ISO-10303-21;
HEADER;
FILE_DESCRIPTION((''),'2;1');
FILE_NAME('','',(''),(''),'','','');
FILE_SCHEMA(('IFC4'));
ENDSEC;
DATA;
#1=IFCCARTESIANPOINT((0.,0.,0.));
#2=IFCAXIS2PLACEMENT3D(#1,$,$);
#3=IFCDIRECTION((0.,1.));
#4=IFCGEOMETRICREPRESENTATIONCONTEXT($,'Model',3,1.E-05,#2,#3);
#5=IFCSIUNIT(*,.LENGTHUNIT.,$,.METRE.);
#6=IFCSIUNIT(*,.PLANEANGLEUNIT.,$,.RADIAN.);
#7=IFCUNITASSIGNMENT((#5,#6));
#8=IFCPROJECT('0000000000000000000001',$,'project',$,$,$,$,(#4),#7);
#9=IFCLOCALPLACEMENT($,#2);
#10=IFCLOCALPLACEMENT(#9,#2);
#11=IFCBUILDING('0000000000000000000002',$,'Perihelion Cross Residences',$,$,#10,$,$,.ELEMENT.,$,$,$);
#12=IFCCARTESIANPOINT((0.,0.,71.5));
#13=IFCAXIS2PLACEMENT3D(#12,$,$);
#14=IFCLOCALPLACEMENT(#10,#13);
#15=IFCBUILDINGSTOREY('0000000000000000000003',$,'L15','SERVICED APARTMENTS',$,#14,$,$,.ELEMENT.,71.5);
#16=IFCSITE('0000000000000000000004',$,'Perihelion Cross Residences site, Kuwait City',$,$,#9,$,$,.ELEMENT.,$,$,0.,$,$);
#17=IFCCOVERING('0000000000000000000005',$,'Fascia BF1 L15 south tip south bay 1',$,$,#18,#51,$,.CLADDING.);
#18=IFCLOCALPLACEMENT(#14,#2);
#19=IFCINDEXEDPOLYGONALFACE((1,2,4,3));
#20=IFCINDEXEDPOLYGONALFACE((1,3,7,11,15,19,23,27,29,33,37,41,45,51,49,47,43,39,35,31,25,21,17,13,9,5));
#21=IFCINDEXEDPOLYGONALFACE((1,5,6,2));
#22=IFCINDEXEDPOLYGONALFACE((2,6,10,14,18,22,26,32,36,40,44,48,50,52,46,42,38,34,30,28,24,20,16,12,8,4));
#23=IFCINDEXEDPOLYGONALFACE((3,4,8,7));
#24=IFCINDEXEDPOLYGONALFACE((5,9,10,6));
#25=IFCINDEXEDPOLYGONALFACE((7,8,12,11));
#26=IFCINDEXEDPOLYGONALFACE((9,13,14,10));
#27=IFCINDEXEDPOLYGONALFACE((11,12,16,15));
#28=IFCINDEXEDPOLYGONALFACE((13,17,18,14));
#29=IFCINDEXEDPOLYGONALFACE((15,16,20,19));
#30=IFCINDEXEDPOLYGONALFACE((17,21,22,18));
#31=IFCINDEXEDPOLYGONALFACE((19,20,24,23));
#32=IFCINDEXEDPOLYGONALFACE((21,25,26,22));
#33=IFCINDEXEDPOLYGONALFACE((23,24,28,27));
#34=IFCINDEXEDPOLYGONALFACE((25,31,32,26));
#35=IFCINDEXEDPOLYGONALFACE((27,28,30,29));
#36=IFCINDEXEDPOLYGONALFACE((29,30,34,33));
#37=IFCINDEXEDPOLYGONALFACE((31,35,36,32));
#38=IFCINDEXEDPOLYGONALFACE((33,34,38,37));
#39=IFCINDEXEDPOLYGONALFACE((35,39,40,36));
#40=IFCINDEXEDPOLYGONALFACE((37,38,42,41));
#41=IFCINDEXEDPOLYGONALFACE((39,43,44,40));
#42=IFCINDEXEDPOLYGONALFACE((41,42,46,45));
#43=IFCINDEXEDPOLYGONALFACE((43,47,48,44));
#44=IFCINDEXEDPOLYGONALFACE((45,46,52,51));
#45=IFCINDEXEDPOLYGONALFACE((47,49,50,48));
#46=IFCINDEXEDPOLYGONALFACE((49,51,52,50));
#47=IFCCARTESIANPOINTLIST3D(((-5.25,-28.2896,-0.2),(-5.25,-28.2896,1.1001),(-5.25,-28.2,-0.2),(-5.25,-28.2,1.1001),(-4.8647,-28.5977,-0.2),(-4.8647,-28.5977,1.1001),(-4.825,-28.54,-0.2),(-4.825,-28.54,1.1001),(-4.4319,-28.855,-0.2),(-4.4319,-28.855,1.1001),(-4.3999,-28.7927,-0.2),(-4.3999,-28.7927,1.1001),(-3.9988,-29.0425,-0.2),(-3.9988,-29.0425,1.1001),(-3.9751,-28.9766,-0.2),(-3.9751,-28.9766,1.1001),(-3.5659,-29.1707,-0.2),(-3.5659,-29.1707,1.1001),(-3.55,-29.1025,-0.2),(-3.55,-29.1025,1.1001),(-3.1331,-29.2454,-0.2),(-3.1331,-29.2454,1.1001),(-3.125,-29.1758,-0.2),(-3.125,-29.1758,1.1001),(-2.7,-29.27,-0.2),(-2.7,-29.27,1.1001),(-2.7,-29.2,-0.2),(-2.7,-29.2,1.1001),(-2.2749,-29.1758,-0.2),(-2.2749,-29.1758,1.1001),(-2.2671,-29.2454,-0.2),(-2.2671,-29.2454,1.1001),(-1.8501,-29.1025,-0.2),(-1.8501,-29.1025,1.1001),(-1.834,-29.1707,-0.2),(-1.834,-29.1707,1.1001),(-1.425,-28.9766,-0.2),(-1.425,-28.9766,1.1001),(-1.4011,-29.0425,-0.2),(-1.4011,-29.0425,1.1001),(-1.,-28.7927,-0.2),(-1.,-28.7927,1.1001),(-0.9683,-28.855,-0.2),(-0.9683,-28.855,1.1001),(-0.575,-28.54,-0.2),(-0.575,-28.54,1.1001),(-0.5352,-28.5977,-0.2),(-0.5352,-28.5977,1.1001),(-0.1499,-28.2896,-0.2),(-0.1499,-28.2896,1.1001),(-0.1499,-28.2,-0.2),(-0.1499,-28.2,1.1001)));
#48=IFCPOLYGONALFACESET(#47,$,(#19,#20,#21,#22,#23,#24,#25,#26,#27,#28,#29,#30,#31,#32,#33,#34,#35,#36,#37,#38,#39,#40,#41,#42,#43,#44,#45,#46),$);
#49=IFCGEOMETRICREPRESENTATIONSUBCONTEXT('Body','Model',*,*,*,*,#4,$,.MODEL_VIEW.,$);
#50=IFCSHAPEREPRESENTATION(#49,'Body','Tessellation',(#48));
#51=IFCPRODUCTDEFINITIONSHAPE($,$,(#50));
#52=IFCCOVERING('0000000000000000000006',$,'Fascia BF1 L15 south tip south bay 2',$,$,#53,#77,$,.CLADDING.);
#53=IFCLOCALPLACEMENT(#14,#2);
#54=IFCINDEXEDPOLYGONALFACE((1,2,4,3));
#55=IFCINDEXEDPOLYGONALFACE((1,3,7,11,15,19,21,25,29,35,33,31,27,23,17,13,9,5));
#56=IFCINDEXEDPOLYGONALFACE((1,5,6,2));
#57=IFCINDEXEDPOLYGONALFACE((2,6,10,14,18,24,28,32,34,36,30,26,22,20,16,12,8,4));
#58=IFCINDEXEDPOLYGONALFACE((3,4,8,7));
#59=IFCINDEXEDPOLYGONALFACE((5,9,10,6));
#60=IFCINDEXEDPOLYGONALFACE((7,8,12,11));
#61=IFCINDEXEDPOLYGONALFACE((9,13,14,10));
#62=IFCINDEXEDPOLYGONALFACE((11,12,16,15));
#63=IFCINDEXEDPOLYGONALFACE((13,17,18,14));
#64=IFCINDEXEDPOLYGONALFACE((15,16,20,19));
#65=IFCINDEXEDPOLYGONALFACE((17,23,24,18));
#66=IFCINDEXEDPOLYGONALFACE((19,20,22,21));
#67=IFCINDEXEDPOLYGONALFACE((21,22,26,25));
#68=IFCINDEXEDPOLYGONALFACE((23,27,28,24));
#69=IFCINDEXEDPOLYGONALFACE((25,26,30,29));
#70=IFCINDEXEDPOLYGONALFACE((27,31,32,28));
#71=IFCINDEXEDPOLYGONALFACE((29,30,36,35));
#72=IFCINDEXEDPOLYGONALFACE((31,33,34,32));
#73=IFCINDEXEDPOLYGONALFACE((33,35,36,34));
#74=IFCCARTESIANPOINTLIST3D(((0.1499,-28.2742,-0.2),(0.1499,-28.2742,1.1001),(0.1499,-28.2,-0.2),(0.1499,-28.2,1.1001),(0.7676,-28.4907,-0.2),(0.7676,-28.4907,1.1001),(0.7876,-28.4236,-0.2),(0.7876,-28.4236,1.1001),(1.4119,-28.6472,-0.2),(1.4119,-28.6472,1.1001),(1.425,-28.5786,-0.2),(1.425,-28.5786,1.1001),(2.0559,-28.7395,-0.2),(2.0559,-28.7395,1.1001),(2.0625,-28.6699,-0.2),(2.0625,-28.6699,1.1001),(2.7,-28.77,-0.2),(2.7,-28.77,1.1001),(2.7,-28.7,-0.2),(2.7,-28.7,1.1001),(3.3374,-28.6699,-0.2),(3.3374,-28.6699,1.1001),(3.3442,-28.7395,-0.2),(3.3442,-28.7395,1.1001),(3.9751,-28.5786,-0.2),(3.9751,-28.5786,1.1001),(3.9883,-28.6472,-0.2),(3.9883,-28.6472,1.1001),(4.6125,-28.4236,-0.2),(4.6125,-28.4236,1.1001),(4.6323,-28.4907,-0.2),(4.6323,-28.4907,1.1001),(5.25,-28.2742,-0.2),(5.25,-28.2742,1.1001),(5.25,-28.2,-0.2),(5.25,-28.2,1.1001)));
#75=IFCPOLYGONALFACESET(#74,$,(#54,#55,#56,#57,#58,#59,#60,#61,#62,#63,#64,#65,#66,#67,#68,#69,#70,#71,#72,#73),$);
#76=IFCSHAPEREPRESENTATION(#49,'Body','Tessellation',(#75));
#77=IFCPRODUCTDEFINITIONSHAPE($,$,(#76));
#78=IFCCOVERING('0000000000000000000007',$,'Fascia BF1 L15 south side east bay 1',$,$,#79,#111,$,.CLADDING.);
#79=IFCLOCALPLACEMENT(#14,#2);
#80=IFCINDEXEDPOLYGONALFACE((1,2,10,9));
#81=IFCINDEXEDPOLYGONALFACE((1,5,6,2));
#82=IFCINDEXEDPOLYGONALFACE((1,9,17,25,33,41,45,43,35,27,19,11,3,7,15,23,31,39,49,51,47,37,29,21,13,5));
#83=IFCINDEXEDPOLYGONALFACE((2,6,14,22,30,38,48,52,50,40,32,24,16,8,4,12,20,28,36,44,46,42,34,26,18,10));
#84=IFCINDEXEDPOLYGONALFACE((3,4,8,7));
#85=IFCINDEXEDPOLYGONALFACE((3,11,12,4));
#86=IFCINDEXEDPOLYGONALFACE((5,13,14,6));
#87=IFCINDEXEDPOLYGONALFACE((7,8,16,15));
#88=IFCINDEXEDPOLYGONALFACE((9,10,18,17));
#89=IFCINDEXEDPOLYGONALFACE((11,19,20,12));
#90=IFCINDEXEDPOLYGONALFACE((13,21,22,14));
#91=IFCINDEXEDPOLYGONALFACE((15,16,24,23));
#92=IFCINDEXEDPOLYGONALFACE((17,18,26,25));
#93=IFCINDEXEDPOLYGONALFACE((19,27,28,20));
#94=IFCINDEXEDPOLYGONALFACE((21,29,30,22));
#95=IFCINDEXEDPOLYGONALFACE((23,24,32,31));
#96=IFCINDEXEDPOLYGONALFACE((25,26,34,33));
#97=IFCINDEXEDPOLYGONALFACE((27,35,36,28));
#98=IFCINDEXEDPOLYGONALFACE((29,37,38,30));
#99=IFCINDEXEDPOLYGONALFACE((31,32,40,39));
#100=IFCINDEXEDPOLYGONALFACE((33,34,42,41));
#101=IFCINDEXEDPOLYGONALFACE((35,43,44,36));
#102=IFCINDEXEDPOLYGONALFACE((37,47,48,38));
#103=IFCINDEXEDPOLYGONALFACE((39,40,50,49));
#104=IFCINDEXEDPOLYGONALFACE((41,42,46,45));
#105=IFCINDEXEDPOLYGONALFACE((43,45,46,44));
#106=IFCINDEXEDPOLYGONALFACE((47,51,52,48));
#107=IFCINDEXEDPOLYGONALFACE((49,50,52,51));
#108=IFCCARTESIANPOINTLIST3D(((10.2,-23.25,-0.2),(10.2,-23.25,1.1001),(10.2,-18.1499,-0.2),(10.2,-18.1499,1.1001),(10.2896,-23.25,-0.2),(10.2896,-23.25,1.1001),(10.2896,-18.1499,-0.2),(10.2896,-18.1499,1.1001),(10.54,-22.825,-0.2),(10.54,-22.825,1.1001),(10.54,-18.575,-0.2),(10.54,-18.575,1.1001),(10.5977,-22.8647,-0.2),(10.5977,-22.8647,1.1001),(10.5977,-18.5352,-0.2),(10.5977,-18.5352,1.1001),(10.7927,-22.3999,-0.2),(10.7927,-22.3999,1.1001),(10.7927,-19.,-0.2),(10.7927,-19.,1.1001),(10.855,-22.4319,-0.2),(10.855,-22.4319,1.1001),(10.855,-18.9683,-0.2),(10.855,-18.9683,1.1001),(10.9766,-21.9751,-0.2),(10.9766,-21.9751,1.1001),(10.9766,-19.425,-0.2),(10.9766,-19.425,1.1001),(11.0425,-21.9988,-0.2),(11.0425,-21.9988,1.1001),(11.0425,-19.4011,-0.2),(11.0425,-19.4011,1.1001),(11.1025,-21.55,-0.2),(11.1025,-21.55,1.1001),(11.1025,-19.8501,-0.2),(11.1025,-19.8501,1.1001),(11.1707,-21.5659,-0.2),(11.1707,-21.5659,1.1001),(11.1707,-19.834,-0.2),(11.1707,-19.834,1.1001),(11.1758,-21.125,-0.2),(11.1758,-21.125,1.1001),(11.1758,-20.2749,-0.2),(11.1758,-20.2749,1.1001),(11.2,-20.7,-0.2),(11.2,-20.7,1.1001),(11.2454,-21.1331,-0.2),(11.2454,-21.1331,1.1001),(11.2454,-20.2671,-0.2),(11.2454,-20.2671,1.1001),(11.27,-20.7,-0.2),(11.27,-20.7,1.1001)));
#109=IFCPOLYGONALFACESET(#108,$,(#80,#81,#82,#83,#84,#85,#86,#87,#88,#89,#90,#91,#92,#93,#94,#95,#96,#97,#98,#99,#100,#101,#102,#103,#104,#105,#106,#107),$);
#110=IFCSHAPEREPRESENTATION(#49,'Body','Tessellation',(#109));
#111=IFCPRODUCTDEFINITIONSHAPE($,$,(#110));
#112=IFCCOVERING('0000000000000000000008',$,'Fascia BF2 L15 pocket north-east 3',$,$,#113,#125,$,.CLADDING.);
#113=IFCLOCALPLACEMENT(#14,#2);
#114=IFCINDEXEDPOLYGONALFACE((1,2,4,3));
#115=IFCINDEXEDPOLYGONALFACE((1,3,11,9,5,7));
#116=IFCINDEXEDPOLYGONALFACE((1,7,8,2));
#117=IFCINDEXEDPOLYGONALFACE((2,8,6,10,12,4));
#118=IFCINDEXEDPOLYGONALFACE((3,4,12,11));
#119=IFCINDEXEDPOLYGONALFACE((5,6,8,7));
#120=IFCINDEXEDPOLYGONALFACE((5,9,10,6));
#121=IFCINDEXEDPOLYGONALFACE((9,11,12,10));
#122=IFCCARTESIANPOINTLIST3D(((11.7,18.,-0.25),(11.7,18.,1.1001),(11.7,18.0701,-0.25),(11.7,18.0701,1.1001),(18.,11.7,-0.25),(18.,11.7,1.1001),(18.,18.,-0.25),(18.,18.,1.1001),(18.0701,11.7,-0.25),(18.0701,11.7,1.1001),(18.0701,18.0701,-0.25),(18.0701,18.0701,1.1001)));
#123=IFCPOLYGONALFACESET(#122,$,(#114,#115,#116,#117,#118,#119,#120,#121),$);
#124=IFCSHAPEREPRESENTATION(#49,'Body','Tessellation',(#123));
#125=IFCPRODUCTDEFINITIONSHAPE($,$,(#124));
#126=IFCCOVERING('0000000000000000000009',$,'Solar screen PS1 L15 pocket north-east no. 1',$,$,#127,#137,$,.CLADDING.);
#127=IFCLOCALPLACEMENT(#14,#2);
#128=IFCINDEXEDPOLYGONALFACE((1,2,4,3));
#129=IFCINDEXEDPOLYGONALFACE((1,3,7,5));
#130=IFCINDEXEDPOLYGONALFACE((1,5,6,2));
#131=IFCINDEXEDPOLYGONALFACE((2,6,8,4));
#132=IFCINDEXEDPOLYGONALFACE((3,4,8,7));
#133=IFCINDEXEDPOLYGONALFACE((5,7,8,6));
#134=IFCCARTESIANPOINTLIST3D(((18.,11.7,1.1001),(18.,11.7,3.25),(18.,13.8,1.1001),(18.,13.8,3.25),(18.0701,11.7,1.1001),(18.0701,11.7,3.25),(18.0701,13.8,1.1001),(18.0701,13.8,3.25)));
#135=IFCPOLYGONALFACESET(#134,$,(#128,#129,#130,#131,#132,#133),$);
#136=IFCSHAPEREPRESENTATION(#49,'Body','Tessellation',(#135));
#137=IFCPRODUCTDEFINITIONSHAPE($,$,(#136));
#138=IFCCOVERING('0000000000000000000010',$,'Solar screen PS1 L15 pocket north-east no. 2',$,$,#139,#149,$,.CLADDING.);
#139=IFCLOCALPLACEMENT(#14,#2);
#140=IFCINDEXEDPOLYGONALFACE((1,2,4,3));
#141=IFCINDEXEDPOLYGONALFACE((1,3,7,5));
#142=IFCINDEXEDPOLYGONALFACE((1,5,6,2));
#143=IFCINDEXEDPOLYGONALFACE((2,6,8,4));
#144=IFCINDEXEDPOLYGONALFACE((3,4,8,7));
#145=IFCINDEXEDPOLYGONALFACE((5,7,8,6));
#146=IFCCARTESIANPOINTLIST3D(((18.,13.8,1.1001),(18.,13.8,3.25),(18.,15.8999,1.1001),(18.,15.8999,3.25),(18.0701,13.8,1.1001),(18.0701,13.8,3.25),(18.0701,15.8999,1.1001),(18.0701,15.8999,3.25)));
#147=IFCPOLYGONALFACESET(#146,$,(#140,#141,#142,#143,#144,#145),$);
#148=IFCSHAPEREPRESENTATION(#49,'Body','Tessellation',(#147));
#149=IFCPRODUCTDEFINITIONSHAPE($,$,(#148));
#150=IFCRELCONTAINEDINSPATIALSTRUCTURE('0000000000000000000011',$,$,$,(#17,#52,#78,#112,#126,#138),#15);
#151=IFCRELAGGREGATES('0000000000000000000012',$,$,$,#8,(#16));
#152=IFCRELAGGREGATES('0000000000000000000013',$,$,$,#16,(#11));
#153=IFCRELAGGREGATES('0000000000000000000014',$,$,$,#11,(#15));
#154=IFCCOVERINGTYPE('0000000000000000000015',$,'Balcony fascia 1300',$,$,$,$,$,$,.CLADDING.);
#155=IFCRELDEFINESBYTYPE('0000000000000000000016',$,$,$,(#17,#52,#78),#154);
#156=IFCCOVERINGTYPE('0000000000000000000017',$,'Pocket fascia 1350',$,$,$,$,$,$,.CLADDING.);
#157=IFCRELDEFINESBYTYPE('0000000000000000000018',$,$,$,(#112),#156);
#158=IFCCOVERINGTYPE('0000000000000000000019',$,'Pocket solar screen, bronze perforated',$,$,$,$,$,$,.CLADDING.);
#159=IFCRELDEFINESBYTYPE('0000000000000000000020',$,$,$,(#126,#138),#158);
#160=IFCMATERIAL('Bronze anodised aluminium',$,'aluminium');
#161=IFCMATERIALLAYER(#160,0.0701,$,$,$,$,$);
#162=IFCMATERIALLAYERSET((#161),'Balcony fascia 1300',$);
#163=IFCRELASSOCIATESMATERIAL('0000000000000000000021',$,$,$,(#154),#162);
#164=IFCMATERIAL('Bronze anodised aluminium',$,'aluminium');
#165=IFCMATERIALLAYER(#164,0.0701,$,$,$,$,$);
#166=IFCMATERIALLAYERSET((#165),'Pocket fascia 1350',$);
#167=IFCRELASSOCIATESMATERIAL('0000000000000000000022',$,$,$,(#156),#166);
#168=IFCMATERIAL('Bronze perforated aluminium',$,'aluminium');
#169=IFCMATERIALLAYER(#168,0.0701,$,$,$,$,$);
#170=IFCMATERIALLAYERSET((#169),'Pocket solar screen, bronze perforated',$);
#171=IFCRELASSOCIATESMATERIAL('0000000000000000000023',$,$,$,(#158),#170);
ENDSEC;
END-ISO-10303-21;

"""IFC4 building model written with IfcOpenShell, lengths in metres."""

from ifc_helpers import new_model, si_unit, direction, frame, origin, place, context, subcontext, project, spatial, polyline, outline, extrude, material, layer, layer_set, type_object, element, save


model = new_model("IFC4")

# Units and contexts
model_context = context("Model", 3, precision=1e-05, world=origin(), true_north=direction((0.0, 1.0)))
body_context = subcontext(model_context, "Body", "Model", "MODEL_VIEW")
ifc_project = project(units=[si_unit("LENGTHUNIT", "METRE"), si_unit("PLANEANGLEUNIT", "RADIAN")], contexts=[model_context])

# Site, building, storey
site_placement = place(None, origin())
site = spatial("IfcSite", under=ifc_project, at=site_placement, Name="Perihelion Cross Residences site, Kuwait City", CompositionType="ELEMENT", RefElevation=0.0)
building_placement = place(site_placement, origin())
building = spatial("IfcBuilding", under=site, at=building_placement, Name="Perihelion Cross Residences", CompositionType="ELEMENT")
storey_placement = place(building_placement, frame((0.0, 0.0, 71.5)))
storey = spatial("IfcBuildingStorey", under=building, at=storey_placement, Name="L15", Description="SERVICED APARTMENTS", CompositionType="ELEMENT", Elevation=71.5)

# Coverings
ifc_material_1 = material(Name="Bronze anodised aluminium", Category="aluminium")
ifc_layer_1 = layer(ifc_material_1, 0.0701)
ifc_layer_set_1 = layer_set([ifc_layer_1], Name="Balcony fascia 1300")
covering_type_1 = type_object("IfcCoveringType", Name="Balcony fascia 1300", PredefinedType="CLADDING", material=ifc_layer_set_1)
covering_1_placement = place(storey_placement, frame((0.0, 0.0, -0.2)))
element("IfcCovering", 1, at=covering_1_placement, inside=storey, type_object=covering_type_1, Name="Fascia BF1 L15 south tip south bay 1", PredefinedType="CLADDING", context=body_context, shape_type="SweptSolid", body=[
    extrude(outline(polyline([(-4.8647, -28.5977), (-4.4319, -28.855), (-3.9988, -29.0425), (-3.5659, -29.1707), (-3.1331, -29.2454), (-2.7, -29.27), (-2.2671, -29.2454), (-1.834, -29.1707), (-1.4011, -29.0425), (-0.9683, -28.855), (-0.5352, -28.5977), (-0.1499, -28.2896), (-0.1499, -28.2), (-0.575, -28.54), (-1.0, -28.7927), (-1.425, -28.9766), (-1.8501, -29.1025), (-2.2749, -29.1758), (-2.7, -29.2), (-3.125, -29.1758), (-3.55, -29.1025), (-3.9751, -28.9766), (-4.3999, -28.7927), (-4.825, -28.54), (-5.25, -28.2), (-5.25, -28.2896), (-4.8647, -28.5977)])), origin(), (0.0, 0.0, 1.0), 1.3),
])
covering_2_placement = place(storey_placement, frame((0.0, 0.0, -0.2)))
element("IfcCovering", 2, at=covering_2_placement, inside=storey, type_object=covering_type_1, Name="Fascia BF1 L15 south tip south bay 2", PredefinedType="CLADDING", context=body_context, shape_type="SweptSolid", body=[
    extrude(outline(polyline([(0.7676, -28.4907), (1.4119, -28.6472), (2.0559, -28.7395), (2.7, -28.77), (3.3442, -28.7395), (3.9883, -28.6472), (4.6323, -28.4907), (5.25, -28.2742), (5.25, -28.2), (4.6125, -28.4236), (3.9751, -28.5786), (3.3374, -28.6699), (2.7, -28.7), (2.0625, -28.6699), (1.425, -28.5786), (0.7876, -28.4236), (0.1499, -28.2), (0.1499, -28.2742), (0.7676, -28.4907)])), origin(), (0.0, 0.0, 1.0), 1.3),
])
covering_3_placement = place(storey_placement, frame((0.0, 0.0, -0.2)))
element("IfcCovering", 3, at=covering_3_placement, inside=storey, type_object=covering_type_1, Name="Fascia BF1 L15 south side east bay 1", PredefinedType="CLADDING", context=body_context, shape_type="SweptSolid", body=[
    extrude(outline(polyline([(10.5977, -22.8647), (10.855, -22.4319), (11.0425, -21.9988), (11.1707, -21.5659), (11.2454, -21.1331), (11.27, -20.7), (11.2454, -20.2671), (11.1707, -19.834), (11.0425, -19.4011), (10.855, -18.9683), (10.5977, -18.5352), (10.2896, -18.1499), (10.2, -18.1499), (10.54, -18.575), (10.7927, -19.0), (10.9766, -19.425), (11.1025, -19.8501), (11.1758, -20.2749), (11.2, -20.7), (11.1758, -21.125), (11.1025, -21.55), (10.9766, -21.9751), (10.7927, -22.3999), (10.54, -22.825), (10.2, -23.25), (10.2896, -23.25), (10.5977, -22.8647)])), origin(), (0.0, 0.0, 1.0), 1.3),
])
ifc_material_2 = material(Name="Bronze anodised aluminium", Category="aluminium")
ifc_layer_2 = layer(ifc_material_2, 0.0701)
ifc_layer_set_2 = layer_set([ifc_layer_2], Name="Pocket fascia 1350")
covering_type_2 = type_object("IfcCoveringType", Name="Pocket fascia 1350", PredefinedType="CLADDING", material=ifc_layer_set_2)
covering_4_placement = place(storey_placement, frame((0.0, 0.0, -0.25)))
element("IfcCovering", 4, at=covering_4_placement, inside=storey, type_object=covering_type_2, Name="Fascia BF2 L15 pocket north-east 3", PredefinedType="CLADDING", context=body_context, shape_type="SweptSolid", body=[
    extrude(outline(polyline([(18.0701, 18.0701), (11.7, 18.0701), (11.7, 18.0), (18.0, 18.0), (18.0, 11.7), (18.0701, 11.7), (18.0701, 18.0701)])), origin(), (0.0, 0.0, 1.0), 1.3501),
])
ifc_material_3 = material(Name="Bronze perforated aluminium", Category="aluminium")
ifc_layer_3 = layer(ifc_material_3, 0.0701)
ifc_layer_set_3 = layer_set([ifc_layer_3], Name="Pocket solar screen, bronze perforated")
covering_type_3 = type_object("IfcCoveringType", Name="Pocket solar screen, bronze perforated", PredefinedType="CLADDING", material=ifc_layer_set_3)
covering_5_placement = place(storey_placement, frame((0.0, 0.0, 1.1001)))
element("IfcCovering", 5, at=covering_5_placement, inside=storey, type_object=covering_type_3, Name="Solar screen PS1 L15 pocket north-east no. 1", PredefinedType="CLADDING", context=body_context, shape_type="SweptSolid", body=[
    extrude(outline(polyline([(18.0701, 11.7), (18.0701, 13.8), (18.0, 13.8), (18.0, 11.7), (18.0701, 11.7)])), origin(), (0.0, 0.0, 1.0), 2.1499),
])
covering_6_placement = place(storey_placement, frame((0.0, 0.0, 1.1001)))
element("IfcCovering", 6, at=covering_6_placement, inside=storey, type_object=covering_type_3, Name="Solar screen PS1 L15 pocket north-east no. 2", PredefinedType="CLADDING", context=body_context, shape_type="SweptSolid", body=[
    extrude(outline(polyline([(18.0701, 13.8), (18.0701, 15.8999), (18.0, 15.8999), (18.0, 13.8), (18.0701, 13.8)])), origin(), (0.0, 0.0, 1.0), 2.1499),
])

save(model, "model.ifc")
